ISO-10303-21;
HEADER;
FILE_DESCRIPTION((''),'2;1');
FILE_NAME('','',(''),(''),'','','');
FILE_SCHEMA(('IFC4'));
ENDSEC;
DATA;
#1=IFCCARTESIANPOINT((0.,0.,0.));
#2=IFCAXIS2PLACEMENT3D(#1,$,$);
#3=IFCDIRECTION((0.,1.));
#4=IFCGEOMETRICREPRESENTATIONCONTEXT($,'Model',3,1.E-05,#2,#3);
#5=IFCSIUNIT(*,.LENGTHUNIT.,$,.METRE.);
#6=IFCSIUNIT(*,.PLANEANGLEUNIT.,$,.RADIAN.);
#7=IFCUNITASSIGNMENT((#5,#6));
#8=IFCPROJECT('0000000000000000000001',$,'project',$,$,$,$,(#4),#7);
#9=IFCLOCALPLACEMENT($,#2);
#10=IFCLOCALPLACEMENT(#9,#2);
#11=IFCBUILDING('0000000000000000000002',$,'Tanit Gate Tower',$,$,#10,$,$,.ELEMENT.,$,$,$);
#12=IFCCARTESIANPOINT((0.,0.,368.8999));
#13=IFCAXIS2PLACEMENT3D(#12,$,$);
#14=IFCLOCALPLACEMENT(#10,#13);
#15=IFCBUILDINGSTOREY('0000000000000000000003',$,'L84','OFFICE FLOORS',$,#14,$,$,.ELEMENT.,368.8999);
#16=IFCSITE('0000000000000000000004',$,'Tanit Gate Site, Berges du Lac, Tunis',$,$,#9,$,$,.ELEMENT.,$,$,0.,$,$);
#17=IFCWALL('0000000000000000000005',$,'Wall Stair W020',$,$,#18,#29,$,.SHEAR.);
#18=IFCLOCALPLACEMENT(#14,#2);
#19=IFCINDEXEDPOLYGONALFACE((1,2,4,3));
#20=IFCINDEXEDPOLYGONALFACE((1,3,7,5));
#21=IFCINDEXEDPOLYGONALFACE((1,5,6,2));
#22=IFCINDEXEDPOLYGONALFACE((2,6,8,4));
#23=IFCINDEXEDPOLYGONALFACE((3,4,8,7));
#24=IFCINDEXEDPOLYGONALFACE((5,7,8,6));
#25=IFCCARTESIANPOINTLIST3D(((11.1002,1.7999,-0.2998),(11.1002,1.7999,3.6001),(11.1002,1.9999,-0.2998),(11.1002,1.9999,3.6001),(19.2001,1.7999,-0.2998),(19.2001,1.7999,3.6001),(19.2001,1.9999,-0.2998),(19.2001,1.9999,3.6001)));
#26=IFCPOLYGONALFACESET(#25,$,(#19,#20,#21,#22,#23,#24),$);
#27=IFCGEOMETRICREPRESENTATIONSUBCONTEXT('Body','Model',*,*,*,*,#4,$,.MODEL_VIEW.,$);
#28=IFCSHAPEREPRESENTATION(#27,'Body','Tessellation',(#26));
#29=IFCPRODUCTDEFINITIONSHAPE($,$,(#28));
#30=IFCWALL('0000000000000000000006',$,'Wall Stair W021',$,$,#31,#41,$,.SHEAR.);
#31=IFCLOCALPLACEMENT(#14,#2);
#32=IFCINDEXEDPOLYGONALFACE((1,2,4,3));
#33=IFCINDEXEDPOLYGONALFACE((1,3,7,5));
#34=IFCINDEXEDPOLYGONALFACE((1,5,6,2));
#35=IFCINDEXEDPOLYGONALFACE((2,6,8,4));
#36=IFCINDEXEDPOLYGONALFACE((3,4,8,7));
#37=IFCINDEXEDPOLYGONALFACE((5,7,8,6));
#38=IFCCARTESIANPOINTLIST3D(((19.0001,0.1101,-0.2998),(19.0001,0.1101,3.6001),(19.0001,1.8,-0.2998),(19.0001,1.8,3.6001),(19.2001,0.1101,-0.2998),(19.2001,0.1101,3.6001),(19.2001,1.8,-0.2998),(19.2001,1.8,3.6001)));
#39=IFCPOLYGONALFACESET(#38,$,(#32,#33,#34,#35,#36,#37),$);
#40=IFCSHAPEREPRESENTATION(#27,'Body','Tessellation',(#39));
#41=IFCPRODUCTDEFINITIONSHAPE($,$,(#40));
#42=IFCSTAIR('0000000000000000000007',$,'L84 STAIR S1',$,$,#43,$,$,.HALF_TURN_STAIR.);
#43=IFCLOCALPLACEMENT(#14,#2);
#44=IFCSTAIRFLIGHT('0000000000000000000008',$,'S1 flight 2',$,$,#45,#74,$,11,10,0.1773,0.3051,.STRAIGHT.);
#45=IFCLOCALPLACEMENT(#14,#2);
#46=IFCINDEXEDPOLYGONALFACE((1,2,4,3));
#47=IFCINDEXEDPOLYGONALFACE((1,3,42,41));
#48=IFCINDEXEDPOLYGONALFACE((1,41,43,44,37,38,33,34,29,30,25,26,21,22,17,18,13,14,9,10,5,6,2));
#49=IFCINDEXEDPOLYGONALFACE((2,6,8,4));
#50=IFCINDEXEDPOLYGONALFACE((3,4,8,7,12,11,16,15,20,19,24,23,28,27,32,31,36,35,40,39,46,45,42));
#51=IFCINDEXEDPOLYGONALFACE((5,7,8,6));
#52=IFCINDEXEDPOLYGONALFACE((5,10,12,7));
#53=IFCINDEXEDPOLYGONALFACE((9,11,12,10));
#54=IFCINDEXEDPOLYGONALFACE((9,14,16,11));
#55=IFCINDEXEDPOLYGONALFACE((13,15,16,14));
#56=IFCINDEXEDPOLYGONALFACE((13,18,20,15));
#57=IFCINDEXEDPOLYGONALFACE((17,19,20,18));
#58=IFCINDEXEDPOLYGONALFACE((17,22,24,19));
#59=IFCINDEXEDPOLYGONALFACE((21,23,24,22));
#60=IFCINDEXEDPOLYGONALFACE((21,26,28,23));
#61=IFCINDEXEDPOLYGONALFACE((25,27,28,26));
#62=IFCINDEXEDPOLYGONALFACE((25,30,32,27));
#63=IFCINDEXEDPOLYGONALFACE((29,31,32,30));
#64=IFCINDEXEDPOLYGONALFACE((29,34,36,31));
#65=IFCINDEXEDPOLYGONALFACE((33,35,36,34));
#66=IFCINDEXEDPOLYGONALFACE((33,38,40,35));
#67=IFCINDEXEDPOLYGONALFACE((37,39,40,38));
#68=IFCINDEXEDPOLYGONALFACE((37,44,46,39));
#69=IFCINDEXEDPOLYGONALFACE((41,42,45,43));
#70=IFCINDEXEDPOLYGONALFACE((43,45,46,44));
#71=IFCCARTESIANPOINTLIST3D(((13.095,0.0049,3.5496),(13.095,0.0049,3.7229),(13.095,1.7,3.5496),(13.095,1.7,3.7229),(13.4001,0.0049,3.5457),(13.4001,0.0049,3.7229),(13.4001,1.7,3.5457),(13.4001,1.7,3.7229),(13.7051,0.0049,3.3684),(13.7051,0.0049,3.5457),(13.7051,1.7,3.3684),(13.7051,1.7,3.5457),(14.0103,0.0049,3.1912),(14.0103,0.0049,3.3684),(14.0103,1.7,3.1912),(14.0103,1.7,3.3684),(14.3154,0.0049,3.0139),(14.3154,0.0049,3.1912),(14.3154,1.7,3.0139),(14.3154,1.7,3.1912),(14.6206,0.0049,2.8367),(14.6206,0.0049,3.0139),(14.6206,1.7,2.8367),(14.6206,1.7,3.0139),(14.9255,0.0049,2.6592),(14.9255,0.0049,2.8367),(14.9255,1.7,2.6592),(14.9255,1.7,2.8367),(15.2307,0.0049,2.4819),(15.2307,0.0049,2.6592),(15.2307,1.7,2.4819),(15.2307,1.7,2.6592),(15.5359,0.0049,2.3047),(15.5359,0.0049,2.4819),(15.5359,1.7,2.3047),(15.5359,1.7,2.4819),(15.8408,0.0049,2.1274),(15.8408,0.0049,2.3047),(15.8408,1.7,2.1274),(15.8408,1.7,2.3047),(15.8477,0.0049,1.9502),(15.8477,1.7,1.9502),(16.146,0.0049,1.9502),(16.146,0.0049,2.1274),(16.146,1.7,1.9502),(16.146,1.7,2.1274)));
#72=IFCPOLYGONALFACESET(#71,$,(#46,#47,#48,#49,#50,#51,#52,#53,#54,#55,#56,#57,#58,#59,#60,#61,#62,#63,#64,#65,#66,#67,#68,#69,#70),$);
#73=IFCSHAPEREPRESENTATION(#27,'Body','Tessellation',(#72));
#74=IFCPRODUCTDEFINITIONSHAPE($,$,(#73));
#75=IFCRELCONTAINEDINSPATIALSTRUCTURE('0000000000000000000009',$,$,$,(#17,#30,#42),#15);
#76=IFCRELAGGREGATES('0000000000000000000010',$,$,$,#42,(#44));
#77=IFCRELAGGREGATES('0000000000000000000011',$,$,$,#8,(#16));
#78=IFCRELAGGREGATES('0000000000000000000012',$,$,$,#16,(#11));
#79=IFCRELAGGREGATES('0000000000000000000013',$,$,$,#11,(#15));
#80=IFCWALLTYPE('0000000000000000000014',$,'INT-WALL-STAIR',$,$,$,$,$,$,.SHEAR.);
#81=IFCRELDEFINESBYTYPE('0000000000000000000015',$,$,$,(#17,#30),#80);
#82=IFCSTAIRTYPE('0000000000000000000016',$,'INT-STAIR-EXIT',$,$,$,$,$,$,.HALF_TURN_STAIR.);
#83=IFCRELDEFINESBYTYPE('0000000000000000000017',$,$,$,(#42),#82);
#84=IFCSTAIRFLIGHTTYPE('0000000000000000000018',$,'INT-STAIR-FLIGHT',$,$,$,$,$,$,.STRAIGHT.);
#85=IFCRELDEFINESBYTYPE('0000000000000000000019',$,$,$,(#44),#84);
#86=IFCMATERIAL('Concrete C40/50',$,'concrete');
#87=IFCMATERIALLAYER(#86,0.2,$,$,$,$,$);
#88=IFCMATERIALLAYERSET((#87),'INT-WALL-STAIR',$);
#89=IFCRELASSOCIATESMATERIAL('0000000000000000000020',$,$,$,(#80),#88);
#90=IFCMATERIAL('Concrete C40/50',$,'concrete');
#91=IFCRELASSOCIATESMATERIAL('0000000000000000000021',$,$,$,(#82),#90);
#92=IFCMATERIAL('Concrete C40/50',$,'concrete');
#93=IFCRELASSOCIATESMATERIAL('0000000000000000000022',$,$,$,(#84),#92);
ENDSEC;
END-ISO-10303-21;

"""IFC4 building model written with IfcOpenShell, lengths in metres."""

from ifc_helpers import new_model, si_unit, direction, frame, frame_2d, origin, place, context, subcontext, project, spatial, polyline, rectangle, outline, extrude, material, layer, layer_set, type_object, element, aggregate, save


model = new_model("IFC4")

# Units and contexts
model_context = context("Model", 3, precision=1e-05, world=origin(), true_north=direction((0.0, 1.0)))
body_context = subcontext(model_context, "Body", "Model", "MODEL_VIEW")
ifc_project = project(units=[si_unit("LENGTHUNIT", "METRE"), si_unit("PLANEANGLEUNIT", "RADIAN")], contexts=[model_context])

# Site, building, storey
site_placement = place(None, origin())
site = spatial("IfcSite", under=ifc_project, at=site_placement, Name="Tanit Gate Site, Berges du Lac, Tunis", CompositionType="ELEMENT", RefElevation=0.0)
building_placement = place(site_placement, origin())
building = spatial("IfcBuilding", under=site, at=building_placement, Name="Tanit Gate Tower", CompositionType="ELEMENT")
storey_placement = place(building_placement, frame((0.0, 0.0, 368.8999)))
storey = spatial("IfcBuildingStorey", under=building, at=storey_placement, Name="L84", Description="OFFICE FLOORS", CompositionType="ELEMENT", Elevation=368.8999)

# Walls
ifc_material_1 = material(Name="Concrete C40/50", Category="concrete")
ifc_layer_1 = layer(ifc_material_1, 0.2)
ifc_layer_set_1 = layer_set([ifc_layer_1], Name="INT-WALL-STAIR")
wall_type_1 = type_object("IfcWallType", Name="INT-WALL-STAIR", PredefinedType="SHEAR", material=ifc_layer_set_1)
wall_1_placement = place(storey_placement, frame((19.2, 1.8999, -0.2998), z_axis=(0.0, 0.0, 1.0), x_axis=(-1.0, 0.0, 0.0)))
element("IfcWall", 1, at=wall_1_placement, inside=storey, type_object=wall_type_1, Name="Wall Stair W020", PredefinedType="SHEAR", context=body_context, shape_type="SweptSolid", body=[
    extrude(rectangle(XDim=8.0999, YDim=0.2, at=frame_2d((4.0498, 0.0))), origin(), (0.0, 0.0, 1.0), 3.8999),
])
wall_2_placement = place(storey_placement, frame((19.1001, 0.1101, -0.2998), z_axis=(0.0, 0.0, 1.0), x_axis=(0.0, 1.0, 0.0)))
element("IfcWall", 2, at=wall_2_placement, inside=storey, type_object=wall_type_1, Name="Wall Stair W021", PredefinedType="SHEAR", context=body_context, shape_type="SweptSolid", body=[
    extrude(rectangle(XDim=1.6899, YDim=0.2, at=frame_2d((0.845, 0.0))), origin(), (0.0, 0.0, 1.0), 3.8999),
])

# Stair, stair flight
ifc_material_2 = material(Name="Concrete C40/50", Category="concrete")
stair_type = type_object("IfcStairType", Name="INT-STAIR-EXIT", PredefinedType="HALF_TURN_STAIR", material=ifc_material_2)
stair_placement = place(storey_placement, origin())
stair = element("IfcStair", 3, at=stair_placement, inside=storey, type_object=stair_type, Name="L84 STAIR S1", PredefinedType="HALF_TURN_STAIR")
ifc_material_3 = material(Name="Concrete C40/50", Category="concrete")
stair_flight_type = type_object("IfcStairFlightType", Name="INT-STAIR-FLIGHT", PredefinedType="STRAIGHT", material=ifc_material_3)
stair_flight_placement = place(storey_placement, frame((16.146, 0.8525, 1.9502), z_axis=(0.0, 0.0, 1.0), x_axis=(-1.0, 0.0, 0.0)))
stair_flight = element("IfcStairFlight", 4, at=stair_flight_placement, type_object=stair_flight_type, Name="S1 flight 2", NumberOfRisers=11, NumberOfTreads=10, PredefinedType="STRAIGHT", RiserHeight=0.1773, TreadLength=0.3051, context=body_context, shape_type="SweptSolid", body=[
    extrude(outline(polyline([(0.0, 0.0), (0.0, 0.1772), (0.3052, 0.1772), (0.3052, 0.3545), (0.6101, 0.3545), (0.6101, 0.5317), (0.9153, 0.5317), (0.9153, 0.709), (1.2205, 0.709), (1.2205, 0.8865), (1.5254, 0.8865), (1.5254, 1.0637), (1.8306, 1.0637), (1.8306, 1.241), (2.1357, 1.241), (2.1357, 1.4182), (2.4409, 1.4182), (2.4409, 1.5955), (2.7458, 1.5955), (2.7458, 1.7727), (3.051, 1.7727), (3.051, 1.95), (3.051, 1.5994), (0.2983, 0.0), (0.0, 0.0)])), frame((0.0, 0.8477, 0.0), z_axis=(0.0, -1.0, 0.0), x_axis=(1.0, 0.0, 0.0)), (0.0, 0.0, 1.0), 1.6951),
])
aggregate(stair, [stair_flight])

save(model, "model.ifc")
